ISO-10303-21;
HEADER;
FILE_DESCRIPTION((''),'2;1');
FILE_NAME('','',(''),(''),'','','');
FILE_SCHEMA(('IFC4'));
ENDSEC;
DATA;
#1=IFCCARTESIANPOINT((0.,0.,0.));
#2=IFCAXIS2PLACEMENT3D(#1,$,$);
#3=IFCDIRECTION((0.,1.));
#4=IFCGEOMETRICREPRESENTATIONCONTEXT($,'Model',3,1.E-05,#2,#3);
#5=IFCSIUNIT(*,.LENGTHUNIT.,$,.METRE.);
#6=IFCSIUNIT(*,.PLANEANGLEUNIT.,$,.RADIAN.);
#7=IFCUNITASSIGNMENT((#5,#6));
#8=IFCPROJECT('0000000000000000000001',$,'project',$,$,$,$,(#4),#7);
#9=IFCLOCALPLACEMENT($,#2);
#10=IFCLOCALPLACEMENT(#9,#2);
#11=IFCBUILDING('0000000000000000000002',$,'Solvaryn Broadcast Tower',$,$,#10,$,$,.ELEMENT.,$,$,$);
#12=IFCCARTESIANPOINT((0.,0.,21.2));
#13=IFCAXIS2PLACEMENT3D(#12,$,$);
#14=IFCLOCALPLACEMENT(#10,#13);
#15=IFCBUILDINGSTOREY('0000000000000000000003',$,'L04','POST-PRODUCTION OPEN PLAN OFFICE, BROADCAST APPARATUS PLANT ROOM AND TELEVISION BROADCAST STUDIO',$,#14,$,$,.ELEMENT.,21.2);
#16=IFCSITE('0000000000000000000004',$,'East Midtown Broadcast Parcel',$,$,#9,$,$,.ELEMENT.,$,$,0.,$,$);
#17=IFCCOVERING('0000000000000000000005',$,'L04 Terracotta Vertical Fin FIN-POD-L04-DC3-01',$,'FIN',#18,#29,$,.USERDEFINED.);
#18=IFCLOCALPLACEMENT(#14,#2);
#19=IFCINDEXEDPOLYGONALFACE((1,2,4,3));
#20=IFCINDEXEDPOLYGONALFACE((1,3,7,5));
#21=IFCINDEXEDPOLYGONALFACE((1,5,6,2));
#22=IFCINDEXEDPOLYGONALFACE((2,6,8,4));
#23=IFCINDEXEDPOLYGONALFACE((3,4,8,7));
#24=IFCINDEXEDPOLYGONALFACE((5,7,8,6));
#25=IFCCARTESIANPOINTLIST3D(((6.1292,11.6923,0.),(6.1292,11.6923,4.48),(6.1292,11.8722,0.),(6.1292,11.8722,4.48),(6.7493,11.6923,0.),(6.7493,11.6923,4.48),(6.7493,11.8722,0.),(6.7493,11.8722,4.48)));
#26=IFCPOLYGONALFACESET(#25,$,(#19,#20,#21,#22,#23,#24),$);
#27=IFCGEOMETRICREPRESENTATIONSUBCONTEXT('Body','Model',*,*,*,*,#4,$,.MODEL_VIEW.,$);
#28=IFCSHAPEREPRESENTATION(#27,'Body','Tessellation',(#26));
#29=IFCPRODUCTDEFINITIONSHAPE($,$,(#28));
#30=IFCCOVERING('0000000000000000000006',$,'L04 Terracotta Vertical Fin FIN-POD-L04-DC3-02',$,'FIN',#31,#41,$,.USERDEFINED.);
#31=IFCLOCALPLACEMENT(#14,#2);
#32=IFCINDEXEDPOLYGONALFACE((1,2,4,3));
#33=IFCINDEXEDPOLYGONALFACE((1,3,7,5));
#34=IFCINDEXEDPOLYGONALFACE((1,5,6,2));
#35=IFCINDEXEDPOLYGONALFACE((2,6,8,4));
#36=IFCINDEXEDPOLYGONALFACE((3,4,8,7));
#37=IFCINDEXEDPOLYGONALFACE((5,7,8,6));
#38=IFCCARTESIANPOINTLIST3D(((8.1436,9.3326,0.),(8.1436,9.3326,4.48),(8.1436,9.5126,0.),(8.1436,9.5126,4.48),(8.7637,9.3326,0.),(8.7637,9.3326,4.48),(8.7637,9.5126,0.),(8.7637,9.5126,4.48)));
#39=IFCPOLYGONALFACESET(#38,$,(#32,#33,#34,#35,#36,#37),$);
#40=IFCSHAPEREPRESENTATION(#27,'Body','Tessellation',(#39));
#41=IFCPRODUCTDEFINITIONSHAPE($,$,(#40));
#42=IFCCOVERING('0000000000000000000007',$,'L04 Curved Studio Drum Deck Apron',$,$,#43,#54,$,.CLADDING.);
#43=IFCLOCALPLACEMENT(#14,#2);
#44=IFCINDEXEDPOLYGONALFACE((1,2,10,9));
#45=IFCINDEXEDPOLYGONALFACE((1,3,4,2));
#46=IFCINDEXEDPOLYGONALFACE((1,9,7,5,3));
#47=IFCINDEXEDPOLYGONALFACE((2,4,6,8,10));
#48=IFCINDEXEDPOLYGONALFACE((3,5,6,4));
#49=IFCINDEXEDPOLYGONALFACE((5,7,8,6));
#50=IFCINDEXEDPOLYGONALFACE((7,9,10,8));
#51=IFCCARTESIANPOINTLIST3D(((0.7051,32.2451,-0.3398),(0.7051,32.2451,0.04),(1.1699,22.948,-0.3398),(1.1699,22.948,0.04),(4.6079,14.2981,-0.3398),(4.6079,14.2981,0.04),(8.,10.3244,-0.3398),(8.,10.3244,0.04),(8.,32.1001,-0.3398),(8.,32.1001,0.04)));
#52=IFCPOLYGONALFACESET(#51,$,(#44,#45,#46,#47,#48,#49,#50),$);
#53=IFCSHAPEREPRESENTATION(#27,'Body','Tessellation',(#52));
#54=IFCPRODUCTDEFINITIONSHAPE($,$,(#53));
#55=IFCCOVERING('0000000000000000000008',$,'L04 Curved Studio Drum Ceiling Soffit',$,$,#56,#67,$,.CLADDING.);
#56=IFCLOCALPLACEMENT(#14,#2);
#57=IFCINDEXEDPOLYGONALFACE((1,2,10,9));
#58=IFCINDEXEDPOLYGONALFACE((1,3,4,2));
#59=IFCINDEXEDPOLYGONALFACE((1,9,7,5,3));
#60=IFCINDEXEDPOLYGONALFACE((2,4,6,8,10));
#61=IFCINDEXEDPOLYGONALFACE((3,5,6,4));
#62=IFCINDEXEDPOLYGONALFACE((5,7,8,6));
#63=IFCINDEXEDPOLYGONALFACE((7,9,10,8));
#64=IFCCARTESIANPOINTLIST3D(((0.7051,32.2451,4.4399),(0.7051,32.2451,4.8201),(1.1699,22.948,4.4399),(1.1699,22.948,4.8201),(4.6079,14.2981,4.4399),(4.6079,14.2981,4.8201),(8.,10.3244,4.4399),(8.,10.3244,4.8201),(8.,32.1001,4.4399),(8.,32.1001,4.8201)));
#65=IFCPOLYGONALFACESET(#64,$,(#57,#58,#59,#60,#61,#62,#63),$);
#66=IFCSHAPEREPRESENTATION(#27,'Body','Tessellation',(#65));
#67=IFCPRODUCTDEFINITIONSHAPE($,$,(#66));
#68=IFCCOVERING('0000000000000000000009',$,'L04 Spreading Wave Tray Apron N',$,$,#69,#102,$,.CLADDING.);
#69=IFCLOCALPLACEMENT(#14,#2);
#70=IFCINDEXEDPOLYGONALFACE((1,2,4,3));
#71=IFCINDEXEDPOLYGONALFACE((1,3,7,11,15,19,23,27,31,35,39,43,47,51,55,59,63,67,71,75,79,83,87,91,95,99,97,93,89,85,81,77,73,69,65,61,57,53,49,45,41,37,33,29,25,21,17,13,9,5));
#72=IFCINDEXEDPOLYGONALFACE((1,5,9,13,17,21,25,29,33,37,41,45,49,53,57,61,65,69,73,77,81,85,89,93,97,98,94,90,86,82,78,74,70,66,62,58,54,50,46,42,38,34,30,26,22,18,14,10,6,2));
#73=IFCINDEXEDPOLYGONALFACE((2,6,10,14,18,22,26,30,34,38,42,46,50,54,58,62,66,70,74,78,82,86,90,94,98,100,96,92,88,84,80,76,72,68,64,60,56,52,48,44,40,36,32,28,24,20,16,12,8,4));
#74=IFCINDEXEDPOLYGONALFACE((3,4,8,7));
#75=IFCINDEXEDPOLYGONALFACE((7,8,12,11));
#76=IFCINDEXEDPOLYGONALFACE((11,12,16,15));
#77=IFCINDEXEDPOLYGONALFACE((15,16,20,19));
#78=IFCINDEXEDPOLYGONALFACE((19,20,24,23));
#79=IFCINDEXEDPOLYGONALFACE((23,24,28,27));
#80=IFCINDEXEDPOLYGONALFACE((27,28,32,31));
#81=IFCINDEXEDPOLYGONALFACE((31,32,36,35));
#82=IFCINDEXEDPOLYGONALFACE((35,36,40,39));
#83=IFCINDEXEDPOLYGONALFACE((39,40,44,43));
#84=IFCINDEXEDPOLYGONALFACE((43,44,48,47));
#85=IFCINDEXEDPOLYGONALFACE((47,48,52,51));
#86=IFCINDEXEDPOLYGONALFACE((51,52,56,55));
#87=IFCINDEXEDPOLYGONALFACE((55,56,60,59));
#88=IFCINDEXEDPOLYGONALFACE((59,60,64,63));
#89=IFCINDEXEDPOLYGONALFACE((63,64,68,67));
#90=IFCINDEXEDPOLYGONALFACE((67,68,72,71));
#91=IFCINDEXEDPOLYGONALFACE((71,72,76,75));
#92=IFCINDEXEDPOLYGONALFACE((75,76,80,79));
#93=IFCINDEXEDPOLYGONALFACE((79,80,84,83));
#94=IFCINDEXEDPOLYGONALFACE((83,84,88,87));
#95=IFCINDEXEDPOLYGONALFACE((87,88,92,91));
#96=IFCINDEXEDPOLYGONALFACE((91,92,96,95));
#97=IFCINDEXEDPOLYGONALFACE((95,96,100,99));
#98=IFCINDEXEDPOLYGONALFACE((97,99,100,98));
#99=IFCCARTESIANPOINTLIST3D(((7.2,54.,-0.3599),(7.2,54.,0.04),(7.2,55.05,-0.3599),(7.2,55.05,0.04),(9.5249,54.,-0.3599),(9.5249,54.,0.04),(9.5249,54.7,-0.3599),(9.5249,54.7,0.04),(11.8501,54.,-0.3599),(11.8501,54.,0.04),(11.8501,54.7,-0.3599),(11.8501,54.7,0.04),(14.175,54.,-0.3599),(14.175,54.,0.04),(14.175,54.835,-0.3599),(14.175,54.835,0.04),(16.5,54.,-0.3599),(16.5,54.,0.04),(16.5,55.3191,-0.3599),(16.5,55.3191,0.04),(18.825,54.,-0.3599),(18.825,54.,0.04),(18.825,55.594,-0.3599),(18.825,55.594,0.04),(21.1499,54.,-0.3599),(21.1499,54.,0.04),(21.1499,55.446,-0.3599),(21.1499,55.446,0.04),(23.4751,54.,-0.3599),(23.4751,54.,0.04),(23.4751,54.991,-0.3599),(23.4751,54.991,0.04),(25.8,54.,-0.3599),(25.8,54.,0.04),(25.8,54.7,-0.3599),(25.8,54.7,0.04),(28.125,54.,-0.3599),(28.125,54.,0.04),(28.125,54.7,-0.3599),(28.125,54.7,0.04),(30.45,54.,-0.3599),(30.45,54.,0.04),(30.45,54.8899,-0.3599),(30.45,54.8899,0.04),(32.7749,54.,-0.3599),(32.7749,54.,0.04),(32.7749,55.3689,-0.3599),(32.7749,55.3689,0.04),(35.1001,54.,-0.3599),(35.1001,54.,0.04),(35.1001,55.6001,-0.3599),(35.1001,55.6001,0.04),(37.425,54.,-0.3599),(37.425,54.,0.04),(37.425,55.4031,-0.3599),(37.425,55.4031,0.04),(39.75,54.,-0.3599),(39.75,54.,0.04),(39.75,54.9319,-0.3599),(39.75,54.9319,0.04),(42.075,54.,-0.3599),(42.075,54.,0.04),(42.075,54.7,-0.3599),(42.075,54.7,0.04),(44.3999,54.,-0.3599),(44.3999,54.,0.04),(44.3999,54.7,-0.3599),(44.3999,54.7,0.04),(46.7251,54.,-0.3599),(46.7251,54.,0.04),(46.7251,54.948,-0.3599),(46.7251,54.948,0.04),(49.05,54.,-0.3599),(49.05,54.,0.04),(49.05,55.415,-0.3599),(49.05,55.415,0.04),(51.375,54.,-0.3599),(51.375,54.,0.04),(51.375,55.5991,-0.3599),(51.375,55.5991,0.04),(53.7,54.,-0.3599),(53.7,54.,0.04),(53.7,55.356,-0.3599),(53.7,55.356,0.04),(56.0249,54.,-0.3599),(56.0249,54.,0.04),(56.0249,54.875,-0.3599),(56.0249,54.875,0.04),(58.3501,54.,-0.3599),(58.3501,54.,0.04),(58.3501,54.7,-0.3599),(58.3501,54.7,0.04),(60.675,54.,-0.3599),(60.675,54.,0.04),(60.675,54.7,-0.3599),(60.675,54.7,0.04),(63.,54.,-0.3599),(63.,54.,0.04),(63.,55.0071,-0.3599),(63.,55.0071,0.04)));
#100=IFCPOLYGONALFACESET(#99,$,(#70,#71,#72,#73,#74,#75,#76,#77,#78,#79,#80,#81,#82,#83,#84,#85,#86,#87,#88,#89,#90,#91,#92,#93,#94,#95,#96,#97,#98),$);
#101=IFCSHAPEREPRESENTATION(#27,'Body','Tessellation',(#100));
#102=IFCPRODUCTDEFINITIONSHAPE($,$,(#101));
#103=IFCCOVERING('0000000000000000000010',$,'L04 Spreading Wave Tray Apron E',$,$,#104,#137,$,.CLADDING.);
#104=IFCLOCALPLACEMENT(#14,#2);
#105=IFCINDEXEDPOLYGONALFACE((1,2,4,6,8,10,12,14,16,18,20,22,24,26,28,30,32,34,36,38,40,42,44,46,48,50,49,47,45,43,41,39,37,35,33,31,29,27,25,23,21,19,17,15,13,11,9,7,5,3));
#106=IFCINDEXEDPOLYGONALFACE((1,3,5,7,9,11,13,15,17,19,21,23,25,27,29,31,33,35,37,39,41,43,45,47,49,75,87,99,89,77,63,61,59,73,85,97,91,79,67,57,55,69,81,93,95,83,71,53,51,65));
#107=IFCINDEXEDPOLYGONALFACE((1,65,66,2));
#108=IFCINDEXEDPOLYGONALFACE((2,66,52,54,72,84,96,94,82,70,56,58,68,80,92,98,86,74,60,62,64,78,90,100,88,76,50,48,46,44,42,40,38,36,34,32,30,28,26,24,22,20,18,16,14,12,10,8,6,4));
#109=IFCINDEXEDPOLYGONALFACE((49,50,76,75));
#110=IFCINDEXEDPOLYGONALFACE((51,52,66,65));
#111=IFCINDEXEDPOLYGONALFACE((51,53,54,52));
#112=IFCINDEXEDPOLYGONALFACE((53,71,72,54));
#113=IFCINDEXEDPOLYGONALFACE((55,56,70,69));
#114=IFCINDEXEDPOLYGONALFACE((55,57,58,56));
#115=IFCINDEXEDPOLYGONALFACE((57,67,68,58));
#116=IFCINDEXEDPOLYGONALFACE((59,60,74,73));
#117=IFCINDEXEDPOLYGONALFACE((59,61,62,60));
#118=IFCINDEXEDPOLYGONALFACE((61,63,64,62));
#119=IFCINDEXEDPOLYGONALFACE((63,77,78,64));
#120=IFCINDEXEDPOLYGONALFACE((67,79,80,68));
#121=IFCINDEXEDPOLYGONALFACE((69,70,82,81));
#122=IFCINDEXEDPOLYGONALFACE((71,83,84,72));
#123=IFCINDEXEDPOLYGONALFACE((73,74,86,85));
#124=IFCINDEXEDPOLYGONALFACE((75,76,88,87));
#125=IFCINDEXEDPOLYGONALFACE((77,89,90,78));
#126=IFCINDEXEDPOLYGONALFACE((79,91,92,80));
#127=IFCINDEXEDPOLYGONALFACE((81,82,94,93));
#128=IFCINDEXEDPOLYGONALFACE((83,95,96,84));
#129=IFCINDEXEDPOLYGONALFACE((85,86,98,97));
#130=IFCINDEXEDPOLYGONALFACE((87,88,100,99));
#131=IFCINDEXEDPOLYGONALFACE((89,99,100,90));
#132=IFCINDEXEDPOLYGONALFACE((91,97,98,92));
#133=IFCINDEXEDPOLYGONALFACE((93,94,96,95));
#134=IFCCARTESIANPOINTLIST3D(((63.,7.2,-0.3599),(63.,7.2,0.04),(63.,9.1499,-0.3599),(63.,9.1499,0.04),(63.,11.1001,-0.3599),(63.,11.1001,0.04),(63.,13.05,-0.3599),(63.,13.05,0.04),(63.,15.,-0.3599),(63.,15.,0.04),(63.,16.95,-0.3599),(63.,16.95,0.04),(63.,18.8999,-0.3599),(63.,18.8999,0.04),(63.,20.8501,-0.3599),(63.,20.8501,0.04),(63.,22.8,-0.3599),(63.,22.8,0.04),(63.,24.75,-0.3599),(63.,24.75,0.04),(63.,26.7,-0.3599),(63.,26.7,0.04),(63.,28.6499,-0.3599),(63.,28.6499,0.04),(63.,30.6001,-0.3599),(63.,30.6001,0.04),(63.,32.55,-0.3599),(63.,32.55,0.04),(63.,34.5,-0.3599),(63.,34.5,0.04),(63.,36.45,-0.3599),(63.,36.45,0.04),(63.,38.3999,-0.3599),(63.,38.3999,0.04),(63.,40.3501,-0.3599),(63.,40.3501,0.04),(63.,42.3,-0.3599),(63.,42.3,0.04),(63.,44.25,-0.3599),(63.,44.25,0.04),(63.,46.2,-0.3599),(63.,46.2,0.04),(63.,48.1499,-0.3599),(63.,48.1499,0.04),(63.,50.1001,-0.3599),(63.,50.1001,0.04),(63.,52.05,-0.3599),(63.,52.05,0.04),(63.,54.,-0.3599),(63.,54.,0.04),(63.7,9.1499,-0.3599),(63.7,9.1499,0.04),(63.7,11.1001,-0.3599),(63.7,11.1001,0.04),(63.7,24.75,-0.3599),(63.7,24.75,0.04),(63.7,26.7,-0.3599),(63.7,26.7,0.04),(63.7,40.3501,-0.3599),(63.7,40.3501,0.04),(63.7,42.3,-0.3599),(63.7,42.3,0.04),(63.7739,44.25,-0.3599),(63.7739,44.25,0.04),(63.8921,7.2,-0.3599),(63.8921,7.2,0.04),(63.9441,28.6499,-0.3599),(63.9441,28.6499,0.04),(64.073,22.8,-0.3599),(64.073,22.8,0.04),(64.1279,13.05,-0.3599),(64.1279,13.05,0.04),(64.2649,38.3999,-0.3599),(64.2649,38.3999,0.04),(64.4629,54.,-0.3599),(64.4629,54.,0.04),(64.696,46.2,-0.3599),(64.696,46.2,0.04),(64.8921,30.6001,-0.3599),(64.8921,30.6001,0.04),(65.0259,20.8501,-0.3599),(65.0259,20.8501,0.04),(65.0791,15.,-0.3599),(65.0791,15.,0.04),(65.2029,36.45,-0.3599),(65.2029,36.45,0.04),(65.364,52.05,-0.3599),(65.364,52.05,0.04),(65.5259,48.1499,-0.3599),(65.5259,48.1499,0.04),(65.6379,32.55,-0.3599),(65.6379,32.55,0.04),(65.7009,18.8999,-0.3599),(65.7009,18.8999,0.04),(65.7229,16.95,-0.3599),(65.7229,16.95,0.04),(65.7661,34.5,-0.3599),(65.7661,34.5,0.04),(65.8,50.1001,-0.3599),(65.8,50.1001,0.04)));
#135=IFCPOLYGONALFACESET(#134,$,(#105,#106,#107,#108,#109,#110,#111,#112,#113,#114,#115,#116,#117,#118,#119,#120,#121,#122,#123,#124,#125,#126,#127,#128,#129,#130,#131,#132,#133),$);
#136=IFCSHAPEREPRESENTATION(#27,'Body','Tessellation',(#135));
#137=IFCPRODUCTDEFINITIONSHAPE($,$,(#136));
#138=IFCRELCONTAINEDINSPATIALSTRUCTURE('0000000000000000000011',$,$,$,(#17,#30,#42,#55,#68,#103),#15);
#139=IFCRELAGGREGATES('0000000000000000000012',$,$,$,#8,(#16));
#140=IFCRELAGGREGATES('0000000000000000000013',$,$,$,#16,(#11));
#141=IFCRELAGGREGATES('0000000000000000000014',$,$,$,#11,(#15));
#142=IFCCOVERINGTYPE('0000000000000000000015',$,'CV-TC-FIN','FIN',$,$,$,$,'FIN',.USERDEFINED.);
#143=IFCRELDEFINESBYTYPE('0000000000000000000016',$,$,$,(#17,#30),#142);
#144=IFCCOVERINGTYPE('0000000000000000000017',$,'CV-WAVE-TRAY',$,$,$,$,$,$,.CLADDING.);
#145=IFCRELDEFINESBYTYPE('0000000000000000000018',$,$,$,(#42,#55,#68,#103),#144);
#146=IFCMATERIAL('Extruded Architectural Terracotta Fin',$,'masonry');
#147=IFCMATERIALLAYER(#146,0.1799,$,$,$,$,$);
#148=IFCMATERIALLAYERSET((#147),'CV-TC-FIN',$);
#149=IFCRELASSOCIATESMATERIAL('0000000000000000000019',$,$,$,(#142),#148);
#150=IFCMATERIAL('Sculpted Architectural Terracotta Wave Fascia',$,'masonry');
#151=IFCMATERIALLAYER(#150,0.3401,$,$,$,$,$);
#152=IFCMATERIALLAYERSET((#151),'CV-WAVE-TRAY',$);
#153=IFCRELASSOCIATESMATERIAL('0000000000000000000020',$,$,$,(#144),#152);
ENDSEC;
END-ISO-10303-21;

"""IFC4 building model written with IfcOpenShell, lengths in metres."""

from ifc_helpers import new_model, si_unit, direction, frame, origin, origin_2d, place, context, subcontext, project, spatial, polyline, rectangle, outline, extrude, material, layer, layer_set, type_object, element, save


model = new_model("IFC4")

# Units and contexts
model_context = context("Model", 3, precision=1e-05, world=origin(), true_north=direction((0.0, 1.0)))
body_context = subcontext(model_context, "Body", "Model", "MODEL_VIEW")
ifc_project = project(units=[si_unit("LENGTHUNIT", "METRE"), si_unit("PLANEANGLEUNIT", "RADIAN")], contexts=[model_context])

# Site, building, storey
site_placement = place(None, origin())
site = spatial("IfcSite", under=ifc_project, at=site_placement, Name="East Midtown Broadcast Parcel", CompositionType="ELEMENT", RefElevation=0.0)
building_placement = place(site_placement, origin())
building = spatial("IfcBuilding", under=site, at=building_placement, Name="Solvaryn Broadcast Tower", CompositionType="ELEMENT")
storey_placement = place(building_placement, frame((0.0, 0.0, 21.2)))
storey = spatial("IfcBuildingStorey", under=building, at=storey_placement, Name="L04", Description="POST-PRODUCTION OPEN PLAN OFFICE, BROADCAST APPARATUS PLANT ROOM AND TELEVISION BROADCAST STUDIO", CompositionType="ELEMENT", Elevation=21.2)

# Coverings
ifc_material_1 = material(Name="Extruded Architectural Terracotta Fin", Category="masonry")
ifc_layer_1 = layer(ifc_material_1, 0.1799)
ifc_layer_set_1 = layer_set([ifc_layer_1], Name="CV-TC-FIN")
covering_type_1 = type_object("IfcCoveringType", Name="CV-TC-FIN", Description="FIN", ElementType="FIN", PredefinedType="USERDEFINED", material=ifc_layer_set_1)
for number, where, z_axis, x_axis, name in (
    (1, (6.4392, 11.7822, 0.0), (0.0, 0.0, 1.0), (1.0, 0.0, 0.0), "L04 Terracotta Vertical Fin FIN-POD-L04-DC3-01"),
    (2, (8.4536, 9.4226, 0.0), (0.0, 0.0, 1.0), (1.0, 0.0, 0.0), "L04 Terracotta Vertical Fin FIN-POD-L04-DC3-02"),
):
    element("IfcCovering", number, at=place(storey_placement, frame(where, z_axis=z_axis, x_axis=x_axis)), inside=storey, type_object=covering_type_1, Name=name, ObjectType="FIN", PredefinedType="USERDEFINED", context=body_context, shape_type="SweptSolid", body=[
        extrude(rectangle(XDim=0.6201, YDim=0.1799, at=origin_2d()), origin(), (0.0, 0.0, 1.0), 4.48),
    ])
ifc_material_2 = material(Name="Sculpted Architectural Terracotta Wave Fascia", Category="masonry")
ifc_layer_2 = layer(ifc_material_2, 0.3401)
ifc_layer_set_2 = layer_set([ifc_layer_2], Name="CV-WAVE-TRAY")
covering_type_2 = type_object("IfcCoveringType", Name="CV-WAVE-TRAY", PredefinedType="CLADDING", material=ifc_layer_set_2)
covering_1_placement = place(storey_placement, frame((0.0, 0.0, -0.3398)))
element("IfcCovering", 3, at=covering_1_placement, inside=storey, type_object=covering_type_2, Name="L04 Curved Studio Drum Deck Apron", PredefinedType="CLADDING", context=body_context, shape_type="SweptSolid", body=[
    extrude(outline(polyline([(8.0, 32.1001), (0.7051, 32.2451), (1.1699, 22.948), (4.6079, 14.2981), (10.6509, 7.219), (18.6541, 2.4661), (21.1001, 8.0), (8.0, 8.0), (8.0, 32.1001)])), origin(), (0.0, 0.0, 1.0), 0.3799),
])
covering_2_placement = place(storey_placement, frame((0.0, 0.0, 4.4399)))
element("IfcCovering", 4, at=covering_2_placement, inside=storey, type_object=covering_type_2, Name="L04 Curved Studio Drum Ceiling Soffit", PredefinedType="CLADDING", context=body_context, shape_type="SweptSolid", body=[
    extrude(outline(polyline([(8.0, 32.1001), (0.7051, 32.2451), (1.1699, 22.948), (4.6079, 14.2981), (10.6509, 7.219), (18.6541, 2.4661), (21.1001, 8.0), (8.0, 8.0), (8.0, 32.1001)])), origin(), (0.0, 0.0, 1.0), 0.3801),
])
covering_3_placement = place(storey_placement, frame((0.0, 0.0, -0.3599)))
element("IfcCovering", 5, at=covering_3_placement, inside=storey, type_object=covering_type_2, Name="L04 Spreading Wave Tray Apron N", PredefinedType="CLADDING", context=body_context, shape_type="SweptSolid", body=[
    extrude(outline(polyline([(7.2, 54.0), (9.5249, 54.0), (11.8501, 54.0), (14.175, 54.0), (16.5, 54.0), (18.825, 54.0), (21.1499, 54.0), (23.4751, 54.0), (25.8, 54.0), (28.125, 54.0), (30.45, 54.0), (32.7749, 54.0), (35.1001, 54.0), (37.425, 54.0), (39.75, 54.0), (42.075, 54.0), (44.3999, 54.0), (46.7251, 54.0), (49.05, 54.0), (51.375, 54.0), (53.7, 54.0), (56.0249, 54.0), (58.3501, 54.0), (60.675, 54.0), (63.0, 54.0), (63.0, 55.0071), (60.675, 54.7), (58.3501, 54.7), (56.0249, 54.875), (53.7, 55.356), (51.375, 55.5991), (49.05, 55.415), (46.7251, 54.948), (44.3999, 54.7), (42.075, 54.7), (39.75, 54.9319), (37.425, 55.4031), (35.1001, 55.6001), (32.7749, 55.3689), (30.45, 54.8899), (28.125, 54.7), (25.8, 54.7), (23.4751, 54.991), (21.1499, 55.446), (18.825, 55.594), (16.5, 55.3191), (14.175, 54.835), (11.8501, 54.7), (9.5249, 54.7), (7.2, 55.05), (7.2, 54.0)])), origin(), (0.0, 0.0, 1.0), 0.3999),
])
covering_4_placement = place(storey_placement, frame((0.0, 0.0, -0.3599)))
element("IfcCovering", 6, at=covering_4_placement, inside=storey, type_object=covering_type_2, Name="L04 Spreading Wave Tray Apron E", PredefinedType="CLADDING", context=body_context, shape_type="SweptSolid", body=[
    extrude(outline(polyline([(63.8921, 7.2), (63.7, 9.1499), (63.7, 11.1001), (64.1279, 13.05), (65.0791, 15.0), (65.7229, 16.95), (65.7009, 18.8999), (65.0259, 20.8501), (64.073, 22.8), (63.7, 24.75), (63.7, 26.7), (63.9441, 28.6499), (64.8921, 30.6001), (65.6379, 32.55), (65.7661, 34.5), (65.2029, 36.45), (64.2649, 38.3999), (63.7, 40.3501), (63.7, 42.3), (63.7739, 44.25), (64.696, 46.2), (65.5259, 48.1499), (65.8, 50.1001), (65.364, 52.05), (64.4629, 54.0), (63.0, 54.0), (63.0, 52.05), (63.0, 50.1001), (63.0, 48.1499), (63.0, 46.2), (63.0, 44.25), (63.0, 42.3), (63.0, 40.3501), (63.0, 38.3999), (63.0, 36.45), (63.0, 34.5), (63.0, 32.55), (63.0, 30.6001), (63.0, 28.6499), (63.0, 26.7), (63.0, 24.75), (63.0, 22.8), (63.0, 20.8501), (63.0, 18.8999), (63.0, 16.95), (63.0, 15.0), (63.0, 13.05), (63.0, 11.1001), (63.0, 9.1499), (63.0, 7.2), (63.8921, 7.2)])), origin(), (0.0, 0.0, 1.0), 0.3999),
])

save(model, "model.ifc")
